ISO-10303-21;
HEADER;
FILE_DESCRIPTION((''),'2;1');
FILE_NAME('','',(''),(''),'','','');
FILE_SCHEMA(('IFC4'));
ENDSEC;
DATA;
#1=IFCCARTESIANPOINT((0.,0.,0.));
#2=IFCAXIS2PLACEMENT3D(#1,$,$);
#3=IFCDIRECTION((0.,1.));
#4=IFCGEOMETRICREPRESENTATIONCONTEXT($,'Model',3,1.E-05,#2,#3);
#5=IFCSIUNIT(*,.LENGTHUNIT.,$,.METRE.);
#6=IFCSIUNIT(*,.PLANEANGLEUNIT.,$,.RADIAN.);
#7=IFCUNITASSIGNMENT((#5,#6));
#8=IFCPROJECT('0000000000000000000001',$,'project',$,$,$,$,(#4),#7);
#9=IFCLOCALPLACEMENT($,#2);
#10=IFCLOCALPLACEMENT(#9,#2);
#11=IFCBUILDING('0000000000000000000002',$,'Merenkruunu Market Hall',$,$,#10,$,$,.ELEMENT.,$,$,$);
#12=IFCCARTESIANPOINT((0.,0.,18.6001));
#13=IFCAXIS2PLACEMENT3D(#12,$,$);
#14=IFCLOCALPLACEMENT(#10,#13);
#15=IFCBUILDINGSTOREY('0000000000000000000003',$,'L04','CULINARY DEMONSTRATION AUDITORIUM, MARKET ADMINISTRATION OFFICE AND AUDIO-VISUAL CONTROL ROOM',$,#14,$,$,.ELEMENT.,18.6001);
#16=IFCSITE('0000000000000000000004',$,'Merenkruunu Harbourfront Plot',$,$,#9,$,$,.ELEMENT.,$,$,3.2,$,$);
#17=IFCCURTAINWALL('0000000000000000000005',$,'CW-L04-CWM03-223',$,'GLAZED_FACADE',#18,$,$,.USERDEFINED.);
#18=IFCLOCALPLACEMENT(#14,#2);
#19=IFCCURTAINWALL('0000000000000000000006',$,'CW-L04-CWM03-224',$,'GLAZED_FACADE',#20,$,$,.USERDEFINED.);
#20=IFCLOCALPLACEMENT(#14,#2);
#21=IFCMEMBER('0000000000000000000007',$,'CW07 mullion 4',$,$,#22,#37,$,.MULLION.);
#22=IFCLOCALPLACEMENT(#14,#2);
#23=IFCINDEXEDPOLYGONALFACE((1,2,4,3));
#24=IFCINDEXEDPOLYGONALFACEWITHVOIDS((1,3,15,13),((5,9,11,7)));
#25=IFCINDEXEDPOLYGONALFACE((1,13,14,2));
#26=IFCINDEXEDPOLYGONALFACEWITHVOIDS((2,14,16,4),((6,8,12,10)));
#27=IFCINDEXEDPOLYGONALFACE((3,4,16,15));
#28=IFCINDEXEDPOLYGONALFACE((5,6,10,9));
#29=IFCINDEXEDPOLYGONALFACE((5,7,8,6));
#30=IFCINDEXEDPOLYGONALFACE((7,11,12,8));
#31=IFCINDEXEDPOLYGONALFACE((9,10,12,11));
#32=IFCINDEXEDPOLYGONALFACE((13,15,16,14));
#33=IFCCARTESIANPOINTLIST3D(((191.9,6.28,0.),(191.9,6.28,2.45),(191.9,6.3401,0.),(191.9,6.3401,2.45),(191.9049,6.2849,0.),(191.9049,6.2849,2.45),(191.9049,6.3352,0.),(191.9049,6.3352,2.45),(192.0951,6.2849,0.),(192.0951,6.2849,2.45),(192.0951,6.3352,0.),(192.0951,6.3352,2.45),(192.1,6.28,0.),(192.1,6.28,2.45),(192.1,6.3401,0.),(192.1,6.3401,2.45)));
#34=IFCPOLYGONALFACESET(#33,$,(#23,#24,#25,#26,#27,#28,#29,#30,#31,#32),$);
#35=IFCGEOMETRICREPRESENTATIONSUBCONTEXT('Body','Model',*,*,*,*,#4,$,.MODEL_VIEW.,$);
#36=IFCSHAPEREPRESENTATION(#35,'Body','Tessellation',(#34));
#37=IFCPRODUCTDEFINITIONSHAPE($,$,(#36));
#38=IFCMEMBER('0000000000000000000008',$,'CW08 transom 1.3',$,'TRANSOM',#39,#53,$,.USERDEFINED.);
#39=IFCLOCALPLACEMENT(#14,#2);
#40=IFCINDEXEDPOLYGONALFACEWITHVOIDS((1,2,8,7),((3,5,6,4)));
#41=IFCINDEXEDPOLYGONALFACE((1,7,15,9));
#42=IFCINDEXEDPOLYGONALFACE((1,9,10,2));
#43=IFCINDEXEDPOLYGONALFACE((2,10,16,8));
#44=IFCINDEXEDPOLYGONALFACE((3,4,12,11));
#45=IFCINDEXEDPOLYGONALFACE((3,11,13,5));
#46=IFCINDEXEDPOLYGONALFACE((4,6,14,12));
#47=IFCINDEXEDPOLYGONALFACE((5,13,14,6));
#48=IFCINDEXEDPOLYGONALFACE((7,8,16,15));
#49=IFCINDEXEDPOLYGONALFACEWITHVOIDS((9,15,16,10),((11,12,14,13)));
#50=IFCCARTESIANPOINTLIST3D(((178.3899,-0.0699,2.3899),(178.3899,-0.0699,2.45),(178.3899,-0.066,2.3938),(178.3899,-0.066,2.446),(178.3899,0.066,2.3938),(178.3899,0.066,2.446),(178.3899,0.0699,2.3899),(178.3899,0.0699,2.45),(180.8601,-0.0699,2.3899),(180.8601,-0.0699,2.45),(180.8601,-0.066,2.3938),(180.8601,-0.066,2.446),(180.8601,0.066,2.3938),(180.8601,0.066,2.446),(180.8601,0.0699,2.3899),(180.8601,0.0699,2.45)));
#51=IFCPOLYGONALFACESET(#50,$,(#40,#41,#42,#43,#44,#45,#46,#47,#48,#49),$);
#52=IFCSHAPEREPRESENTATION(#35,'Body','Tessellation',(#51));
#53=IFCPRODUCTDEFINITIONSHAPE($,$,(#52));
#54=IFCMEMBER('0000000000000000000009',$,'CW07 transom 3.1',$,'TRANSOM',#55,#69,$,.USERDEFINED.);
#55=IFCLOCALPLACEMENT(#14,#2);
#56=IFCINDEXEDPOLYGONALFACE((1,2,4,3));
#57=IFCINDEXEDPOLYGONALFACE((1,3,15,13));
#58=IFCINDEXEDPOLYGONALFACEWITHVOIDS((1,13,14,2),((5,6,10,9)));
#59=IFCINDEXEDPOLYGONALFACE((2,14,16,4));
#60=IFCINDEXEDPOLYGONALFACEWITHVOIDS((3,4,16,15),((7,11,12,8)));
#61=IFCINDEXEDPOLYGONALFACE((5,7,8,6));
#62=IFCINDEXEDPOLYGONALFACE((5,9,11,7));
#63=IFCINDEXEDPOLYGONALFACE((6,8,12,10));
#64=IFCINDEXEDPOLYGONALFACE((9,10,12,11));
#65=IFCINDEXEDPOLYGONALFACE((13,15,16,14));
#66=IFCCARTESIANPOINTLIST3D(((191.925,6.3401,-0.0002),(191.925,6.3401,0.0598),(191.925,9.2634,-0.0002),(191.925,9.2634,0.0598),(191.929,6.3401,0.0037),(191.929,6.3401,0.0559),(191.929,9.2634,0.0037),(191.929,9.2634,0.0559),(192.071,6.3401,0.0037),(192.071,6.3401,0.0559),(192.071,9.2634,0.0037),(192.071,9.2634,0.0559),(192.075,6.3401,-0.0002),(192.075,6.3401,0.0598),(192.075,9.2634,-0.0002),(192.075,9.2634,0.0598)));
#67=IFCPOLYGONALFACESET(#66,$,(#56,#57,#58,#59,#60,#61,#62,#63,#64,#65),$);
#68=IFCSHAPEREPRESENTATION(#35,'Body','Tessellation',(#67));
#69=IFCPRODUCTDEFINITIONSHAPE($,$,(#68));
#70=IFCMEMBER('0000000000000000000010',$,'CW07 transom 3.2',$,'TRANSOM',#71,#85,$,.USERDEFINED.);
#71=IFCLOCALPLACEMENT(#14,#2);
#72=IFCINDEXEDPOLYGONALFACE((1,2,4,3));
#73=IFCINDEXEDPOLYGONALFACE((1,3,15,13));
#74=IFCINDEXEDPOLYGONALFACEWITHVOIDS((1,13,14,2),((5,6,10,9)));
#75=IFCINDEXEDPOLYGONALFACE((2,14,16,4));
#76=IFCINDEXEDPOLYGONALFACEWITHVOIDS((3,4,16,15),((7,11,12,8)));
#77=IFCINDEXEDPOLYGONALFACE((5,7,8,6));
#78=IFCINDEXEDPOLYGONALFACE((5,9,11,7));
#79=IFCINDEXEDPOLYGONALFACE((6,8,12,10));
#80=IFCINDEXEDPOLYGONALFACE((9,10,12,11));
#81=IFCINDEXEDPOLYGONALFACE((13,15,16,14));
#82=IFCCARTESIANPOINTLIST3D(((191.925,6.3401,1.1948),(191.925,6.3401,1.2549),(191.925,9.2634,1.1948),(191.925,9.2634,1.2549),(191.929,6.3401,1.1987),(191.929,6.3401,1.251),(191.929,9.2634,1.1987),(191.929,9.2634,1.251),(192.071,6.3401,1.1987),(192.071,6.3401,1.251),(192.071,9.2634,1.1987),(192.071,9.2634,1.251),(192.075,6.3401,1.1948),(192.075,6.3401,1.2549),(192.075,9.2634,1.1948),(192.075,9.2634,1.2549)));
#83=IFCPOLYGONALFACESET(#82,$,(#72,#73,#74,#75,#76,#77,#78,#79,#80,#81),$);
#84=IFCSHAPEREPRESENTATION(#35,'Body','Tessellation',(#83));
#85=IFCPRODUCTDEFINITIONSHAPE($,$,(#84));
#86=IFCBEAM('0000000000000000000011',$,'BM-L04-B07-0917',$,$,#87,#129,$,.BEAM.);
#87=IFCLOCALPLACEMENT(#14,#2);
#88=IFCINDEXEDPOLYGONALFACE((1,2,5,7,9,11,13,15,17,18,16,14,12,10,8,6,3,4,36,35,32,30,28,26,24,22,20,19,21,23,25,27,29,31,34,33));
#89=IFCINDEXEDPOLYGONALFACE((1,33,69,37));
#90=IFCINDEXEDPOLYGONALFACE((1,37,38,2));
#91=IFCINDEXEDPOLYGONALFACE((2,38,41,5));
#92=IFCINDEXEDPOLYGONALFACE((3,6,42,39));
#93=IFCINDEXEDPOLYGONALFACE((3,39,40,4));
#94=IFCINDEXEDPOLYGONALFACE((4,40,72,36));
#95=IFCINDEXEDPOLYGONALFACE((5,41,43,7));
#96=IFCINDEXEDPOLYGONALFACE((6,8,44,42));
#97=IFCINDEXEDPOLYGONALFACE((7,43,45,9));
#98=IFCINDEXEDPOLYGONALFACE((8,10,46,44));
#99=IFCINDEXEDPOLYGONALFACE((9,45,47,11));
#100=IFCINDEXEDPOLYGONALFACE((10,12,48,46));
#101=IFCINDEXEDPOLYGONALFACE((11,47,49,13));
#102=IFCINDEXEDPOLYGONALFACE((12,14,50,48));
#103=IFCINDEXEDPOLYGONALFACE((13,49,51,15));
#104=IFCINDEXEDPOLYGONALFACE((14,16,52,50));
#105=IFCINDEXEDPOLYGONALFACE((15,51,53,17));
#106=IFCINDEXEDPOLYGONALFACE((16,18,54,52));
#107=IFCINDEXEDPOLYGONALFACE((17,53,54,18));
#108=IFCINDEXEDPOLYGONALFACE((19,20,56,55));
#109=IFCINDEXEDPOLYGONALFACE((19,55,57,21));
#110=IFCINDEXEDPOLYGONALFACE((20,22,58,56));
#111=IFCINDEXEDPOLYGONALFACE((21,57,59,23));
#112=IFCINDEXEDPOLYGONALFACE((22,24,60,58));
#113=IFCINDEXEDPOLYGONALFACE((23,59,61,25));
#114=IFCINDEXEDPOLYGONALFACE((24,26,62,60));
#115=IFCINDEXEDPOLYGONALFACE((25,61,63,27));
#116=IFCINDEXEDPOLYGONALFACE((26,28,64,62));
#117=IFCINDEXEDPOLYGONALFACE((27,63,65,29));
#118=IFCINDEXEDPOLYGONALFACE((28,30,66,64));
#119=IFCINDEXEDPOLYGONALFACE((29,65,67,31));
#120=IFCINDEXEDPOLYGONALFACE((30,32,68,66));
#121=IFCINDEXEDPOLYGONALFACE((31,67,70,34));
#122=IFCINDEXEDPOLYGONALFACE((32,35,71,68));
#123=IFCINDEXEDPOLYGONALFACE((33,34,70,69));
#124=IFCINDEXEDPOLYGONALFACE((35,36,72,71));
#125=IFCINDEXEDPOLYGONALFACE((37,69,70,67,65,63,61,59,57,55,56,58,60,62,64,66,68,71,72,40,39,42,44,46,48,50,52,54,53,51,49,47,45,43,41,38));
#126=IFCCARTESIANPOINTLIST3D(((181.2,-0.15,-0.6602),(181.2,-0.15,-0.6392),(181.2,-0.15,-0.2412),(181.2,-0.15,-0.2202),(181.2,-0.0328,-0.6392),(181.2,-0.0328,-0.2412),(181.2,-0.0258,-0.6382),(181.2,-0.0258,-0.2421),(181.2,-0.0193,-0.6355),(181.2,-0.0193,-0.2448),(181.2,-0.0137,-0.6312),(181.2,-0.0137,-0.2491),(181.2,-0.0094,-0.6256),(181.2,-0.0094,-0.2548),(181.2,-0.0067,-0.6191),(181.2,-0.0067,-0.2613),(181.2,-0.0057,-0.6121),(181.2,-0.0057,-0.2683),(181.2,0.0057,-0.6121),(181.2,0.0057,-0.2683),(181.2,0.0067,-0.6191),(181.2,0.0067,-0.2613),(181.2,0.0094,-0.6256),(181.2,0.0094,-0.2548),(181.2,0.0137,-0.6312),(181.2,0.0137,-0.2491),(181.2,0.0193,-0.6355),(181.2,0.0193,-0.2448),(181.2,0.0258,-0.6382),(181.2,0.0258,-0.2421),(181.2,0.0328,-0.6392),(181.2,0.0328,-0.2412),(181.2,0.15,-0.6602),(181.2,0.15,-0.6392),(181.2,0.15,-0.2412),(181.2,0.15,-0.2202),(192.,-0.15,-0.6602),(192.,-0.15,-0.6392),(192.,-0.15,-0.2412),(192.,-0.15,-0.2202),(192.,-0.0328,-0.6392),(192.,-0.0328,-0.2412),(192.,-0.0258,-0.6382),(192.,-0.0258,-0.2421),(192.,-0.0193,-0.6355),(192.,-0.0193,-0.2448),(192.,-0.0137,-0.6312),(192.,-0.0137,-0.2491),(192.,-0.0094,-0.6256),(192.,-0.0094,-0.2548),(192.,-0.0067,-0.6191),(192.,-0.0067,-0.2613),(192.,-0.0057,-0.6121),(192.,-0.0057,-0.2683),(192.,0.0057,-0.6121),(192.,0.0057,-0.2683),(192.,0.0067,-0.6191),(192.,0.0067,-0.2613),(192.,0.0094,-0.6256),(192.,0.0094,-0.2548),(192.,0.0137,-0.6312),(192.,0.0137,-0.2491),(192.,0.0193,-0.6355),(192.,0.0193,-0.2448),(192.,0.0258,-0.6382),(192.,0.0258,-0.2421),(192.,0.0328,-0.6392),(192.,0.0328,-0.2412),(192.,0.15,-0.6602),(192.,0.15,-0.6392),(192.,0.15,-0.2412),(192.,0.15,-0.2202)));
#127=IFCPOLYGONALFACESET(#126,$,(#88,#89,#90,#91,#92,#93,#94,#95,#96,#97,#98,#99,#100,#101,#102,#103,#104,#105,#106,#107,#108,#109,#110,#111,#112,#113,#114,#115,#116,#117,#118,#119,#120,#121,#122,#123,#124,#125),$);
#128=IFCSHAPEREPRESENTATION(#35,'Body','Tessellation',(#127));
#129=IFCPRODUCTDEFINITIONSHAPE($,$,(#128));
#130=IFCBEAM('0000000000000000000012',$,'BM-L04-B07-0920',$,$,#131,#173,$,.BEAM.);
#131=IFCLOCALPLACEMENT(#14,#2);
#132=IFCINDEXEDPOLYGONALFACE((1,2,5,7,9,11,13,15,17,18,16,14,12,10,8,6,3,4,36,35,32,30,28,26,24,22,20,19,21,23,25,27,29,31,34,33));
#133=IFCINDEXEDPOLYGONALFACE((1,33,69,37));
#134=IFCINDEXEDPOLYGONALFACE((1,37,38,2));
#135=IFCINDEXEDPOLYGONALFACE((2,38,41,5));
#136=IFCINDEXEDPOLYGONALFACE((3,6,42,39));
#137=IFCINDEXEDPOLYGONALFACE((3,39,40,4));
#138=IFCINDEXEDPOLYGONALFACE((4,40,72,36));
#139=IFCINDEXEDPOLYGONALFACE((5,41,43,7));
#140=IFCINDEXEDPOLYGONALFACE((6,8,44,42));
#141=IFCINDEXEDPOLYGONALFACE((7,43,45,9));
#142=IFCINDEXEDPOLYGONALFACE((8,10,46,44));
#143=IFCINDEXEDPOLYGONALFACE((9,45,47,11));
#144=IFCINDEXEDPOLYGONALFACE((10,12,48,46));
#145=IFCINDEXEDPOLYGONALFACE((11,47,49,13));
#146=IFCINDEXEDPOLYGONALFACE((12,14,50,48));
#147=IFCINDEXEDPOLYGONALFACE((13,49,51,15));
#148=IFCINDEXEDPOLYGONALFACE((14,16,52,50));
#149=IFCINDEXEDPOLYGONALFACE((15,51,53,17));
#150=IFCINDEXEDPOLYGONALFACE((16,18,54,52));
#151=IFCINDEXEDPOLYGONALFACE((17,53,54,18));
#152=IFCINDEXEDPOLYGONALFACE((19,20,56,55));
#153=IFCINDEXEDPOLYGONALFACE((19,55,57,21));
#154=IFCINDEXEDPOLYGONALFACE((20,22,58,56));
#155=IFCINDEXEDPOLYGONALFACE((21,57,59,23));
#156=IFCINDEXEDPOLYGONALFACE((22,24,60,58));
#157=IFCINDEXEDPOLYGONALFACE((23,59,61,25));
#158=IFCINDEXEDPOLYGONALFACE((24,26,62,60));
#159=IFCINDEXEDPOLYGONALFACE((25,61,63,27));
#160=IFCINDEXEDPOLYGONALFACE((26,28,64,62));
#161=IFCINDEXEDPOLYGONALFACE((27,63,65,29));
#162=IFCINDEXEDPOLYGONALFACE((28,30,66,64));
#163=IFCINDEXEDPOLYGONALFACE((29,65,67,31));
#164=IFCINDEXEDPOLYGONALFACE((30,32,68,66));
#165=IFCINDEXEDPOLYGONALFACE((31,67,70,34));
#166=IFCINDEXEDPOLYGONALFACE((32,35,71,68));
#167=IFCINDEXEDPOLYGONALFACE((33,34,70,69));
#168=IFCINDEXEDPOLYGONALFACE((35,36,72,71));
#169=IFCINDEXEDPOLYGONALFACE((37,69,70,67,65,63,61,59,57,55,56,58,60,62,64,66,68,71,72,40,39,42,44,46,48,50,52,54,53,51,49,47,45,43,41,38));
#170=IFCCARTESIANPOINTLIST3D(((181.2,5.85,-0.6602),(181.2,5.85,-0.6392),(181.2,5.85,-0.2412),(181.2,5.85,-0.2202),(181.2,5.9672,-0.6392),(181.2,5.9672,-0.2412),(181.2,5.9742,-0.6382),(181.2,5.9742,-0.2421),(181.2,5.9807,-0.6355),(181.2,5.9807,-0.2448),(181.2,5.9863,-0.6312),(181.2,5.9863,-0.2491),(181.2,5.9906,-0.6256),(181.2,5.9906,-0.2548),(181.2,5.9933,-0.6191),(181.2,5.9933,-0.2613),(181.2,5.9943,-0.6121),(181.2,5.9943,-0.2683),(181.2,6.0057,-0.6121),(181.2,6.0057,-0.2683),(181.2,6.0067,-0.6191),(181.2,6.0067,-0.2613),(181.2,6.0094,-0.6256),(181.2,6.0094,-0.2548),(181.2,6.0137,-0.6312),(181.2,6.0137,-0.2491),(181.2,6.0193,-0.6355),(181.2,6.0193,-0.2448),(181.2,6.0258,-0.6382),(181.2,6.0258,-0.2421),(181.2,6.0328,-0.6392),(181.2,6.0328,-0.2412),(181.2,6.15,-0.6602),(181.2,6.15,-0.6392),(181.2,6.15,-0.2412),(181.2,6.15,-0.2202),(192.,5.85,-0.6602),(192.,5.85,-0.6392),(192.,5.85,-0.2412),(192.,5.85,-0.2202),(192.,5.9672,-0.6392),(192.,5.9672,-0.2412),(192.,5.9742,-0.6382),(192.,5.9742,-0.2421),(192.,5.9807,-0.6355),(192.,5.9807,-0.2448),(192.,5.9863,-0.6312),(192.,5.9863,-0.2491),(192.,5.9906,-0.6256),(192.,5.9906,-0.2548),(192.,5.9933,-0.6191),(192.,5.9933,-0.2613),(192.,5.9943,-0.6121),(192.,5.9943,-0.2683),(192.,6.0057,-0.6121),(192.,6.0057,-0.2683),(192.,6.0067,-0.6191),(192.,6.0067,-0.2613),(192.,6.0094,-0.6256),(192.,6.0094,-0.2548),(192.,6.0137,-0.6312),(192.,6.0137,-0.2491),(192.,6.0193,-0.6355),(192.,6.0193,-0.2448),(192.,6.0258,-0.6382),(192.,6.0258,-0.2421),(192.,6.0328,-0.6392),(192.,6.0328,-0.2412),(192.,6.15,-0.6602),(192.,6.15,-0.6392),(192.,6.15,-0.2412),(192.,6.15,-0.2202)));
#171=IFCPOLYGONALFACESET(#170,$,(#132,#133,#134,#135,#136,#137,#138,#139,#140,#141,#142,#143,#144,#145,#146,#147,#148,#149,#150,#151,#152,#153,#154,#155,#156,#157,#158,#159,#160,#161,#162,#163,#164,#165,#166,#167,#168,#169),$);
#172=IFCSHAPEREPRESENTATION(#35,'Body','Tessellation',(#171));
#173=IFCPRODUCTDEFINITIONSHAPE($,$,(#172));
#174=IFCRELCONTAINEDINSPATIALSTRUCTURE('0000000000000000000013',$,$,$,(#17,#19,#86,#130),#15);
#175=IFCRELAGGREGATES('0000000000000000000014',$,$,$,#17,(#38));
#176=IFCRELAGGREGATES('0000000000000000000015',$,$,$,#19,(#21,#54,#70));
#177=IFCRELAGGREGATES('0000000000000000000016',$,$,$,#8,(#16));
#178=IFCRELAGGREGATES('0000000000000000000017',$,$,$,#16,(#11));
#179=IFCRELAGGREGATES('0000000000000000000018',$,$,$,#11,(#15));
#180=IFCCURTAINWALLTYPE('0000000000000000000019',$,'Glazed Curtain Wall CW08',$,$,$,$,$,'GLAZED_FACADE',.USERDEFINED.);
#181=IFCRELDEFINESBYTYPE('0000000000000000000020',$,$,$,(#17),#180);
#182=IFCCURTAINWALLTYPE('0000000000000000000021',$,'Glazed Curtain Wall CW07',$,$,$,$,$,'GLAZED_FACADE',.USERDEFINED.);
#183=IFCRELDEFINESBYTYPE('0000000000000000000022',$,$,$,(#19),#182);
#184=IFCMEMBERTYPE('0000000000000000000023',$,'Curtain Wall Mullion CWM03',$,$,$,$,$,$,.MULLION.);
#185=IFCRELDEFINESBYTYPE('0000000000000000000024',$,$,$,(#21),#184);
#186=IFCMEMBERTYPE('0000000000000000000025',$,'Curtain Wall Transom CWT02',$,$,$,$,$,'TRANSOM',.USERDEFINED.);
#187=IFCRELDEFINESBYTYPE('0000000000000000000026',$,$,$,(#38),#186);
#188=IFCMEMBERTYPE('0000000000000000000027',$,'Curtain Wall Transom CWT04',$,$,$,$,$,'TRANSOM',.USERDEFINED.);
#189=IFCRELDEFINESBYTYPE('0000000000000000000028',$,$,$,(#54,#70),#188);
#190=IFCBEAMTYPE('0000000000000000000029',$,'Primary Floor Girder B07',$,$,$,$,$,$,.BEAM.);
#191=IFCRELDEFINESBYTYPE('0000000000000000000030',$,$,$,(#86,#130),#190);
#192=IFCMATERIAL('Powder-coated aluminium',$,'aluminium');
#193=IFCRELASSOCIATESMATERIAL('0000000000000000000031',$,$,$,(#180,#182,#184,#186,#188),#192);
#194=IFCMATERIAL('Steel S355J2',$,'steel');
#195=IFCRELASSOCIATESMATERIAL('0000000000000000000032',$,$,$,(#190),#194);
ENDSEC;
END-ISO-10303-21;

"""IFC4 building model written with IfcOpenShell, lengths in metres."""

from ifc_helpers import new_model, si_unit, direction, frame, origin, origin_2d, place, context, subcontext, project, spatial, hollow_rectangle, i_section, extrude, material, material_profile, profile_set, type_object, element, aggregate, save


model = new_model("IFC4")

# Units and contexts
model_context = context("Model", 3, precision=1e-05, world=origin(), true_north=direction((0.0, 1.0)))
body_context = subcontext(model_context, "Body", "Model", "MODEL_VIEW")
ifc_project = project(units=[si_unit("LENGTHUNIT", "METRE"), si_unit("PLANEANGLEUNIT", "RADIAN")], contexts=[model_context])

# Site, building, storey
site_placement = place(None, origin())
site = spatial("IfcSite", under=ifc_project, at=site_placement, Name="Merenkruunu Harbourfront Plot", CompositionType="ELEMENT", RefElevation=3.2)
building_placement = place(site_placement, origin())
building = spatial("IfcBuilding", under=site, at=building_placement, Name="Merenkruunu Market Hall", CompositionType="ELEMENT")
storey_placement = place(building_placement, frame((0.0, 0.0, 18.6001)))
storey = spatial("IfcBuildingStorey", under=building, at=storey_placement, Name="L04", Description="CULINARY DEMONSTRATION AUDITORIUM, MARKET ADMINISTRATION OFFICE AND AUDIO-VISUAL CONTROL ROOM", CompositionType="ELEMENT", Elevation=18.6001)

# Shared definitions
ifc_material_1 = material(Name="Steel S355J2", Category="steel")

# Curtain walls, member
ifc_material_2 = material(Name="Powder-coated aluminium", Category="aluminium")
curtain_wall_type_1 = type_object("IfcCurtainWallType", Name="Glazed Curtain Wall CW08", ElementType="GLAZED_FACADE", PredefinedType="USERDEFINED", material=ifc_material_2)
curtain_wall_1_placement = place(storey_placement, origin())
curtain_wall_1 = element("IfcCurtainWall", 1, at=curtain_wall_1_placement, inside=storey, type_object=curtain_wall_type_1, Name="CW-L04-CWM03-223", ObjectType="GLAZED_FACADE", PredefinedType="USERDEFINED")
ifc_material_profile_1 = material_profile(ifc_material_2, hollow_rectangle(XDim=0.0601, YDim=0.2, WallThickness=0.0049, at=origin_2d()), Name="ALU 60x200x5")
ifc_profile_set_1 = profile_set([ifc_material_profile_1], Name="Powder-coated aluminium")
member_type_1 = type_object("IfcMemberType", Name="Curtain Wall Mullion CWM03", PredefinedType="MULLION", material=ifc_profile_set_1)
curtain_wall_type_2 = type_object("IfcCurtainWallType", Name="Glazed Curtain Wall CW07", ElementType="GLAZED_FACADE", PredefinedType="USERDEFINED", material=ifc_material_2)
curtain_wall_2_placement = place(storey_placement, origin())
curtain_wall_2 = element("IfcCurtainWall", 2, at=curtain_wall_2_placement, inside=storey, type_object=curtain_wall_type_2, Name="CW-L04-CWM03-224", ObjectType="GLAZED_FACADE", PredefinedType="USERDEFINED")
member_1_placement = place(storey_placement, frame((192.0, 6.3101, 0.0), z_axis=(0.0, 0.0, 1.0), x_axis=(0.0, -1.0, 0.0)))
member_1 = element("IfcMember", 3, at=member_1_placement, type_object=member_type_1, Name="CW07 mullion 4", PredefinedType="MULLION", context=body_context, shape_type="SweptSolid", body=[
    extrude(hollow_rectangle(XDim=0.0601, YDim=0.2, WallThickness=0.0049, at=origin_2d()), origin(), (0.0, 0.0, 1.0), 2.45),
])

# Members
ifc_material_profile_2 = material_profile(ifc_material_2, hollow_rectangle(XDim=0.0601, YDim=0.1399, WallThickness=0.0039, at=origin_2d()), Name="ALU 60x140x4")
ifc_profile_set_2 = profile_set([ifc_material_profile_2], Name="Powder-coated aluminium")
member_type_2 = type_object("IfcMemberType", Name="Curtain Wall Transom CWT02", ElementType="TRANSOM", PredefinedType="USERDEFINED", material=ifc_profile_set_2)
member_2_placement = place(storey_placement, frame((180.8601, 0.0, 2.4199), z_axis=(-1.0, 0.0, 0.0), x_axis=(0.0, 0.0, 1.0)))
member_2 = element("IfcMember", 4, at=member_2_placement, type_object=member_type_2, Name="CW08 transom 1.3", ObjectType="TRANSOM", PredefinedType="USERDEFINED", context=body_context, shape_type="SweptSolid", body=[
    extrude(hollow_rectangle(XDim=0.0601, YDim=0.1399, WallThickness=0.0039, at=origin_2d()), origin(), (0.0, 0.0, 1.0), 2.4702),
])
aggregate(curtain_wall_1, [member_2])
ifc_material_profile_3 = material_profile(ifc_material_2, hollow_rectangle(XDim=0.0601, YDim=0.1499, WallThickness=0.0039, at=origin_2d()), Name="ALU 60x150x4")
ifc_profile_set_3 = profile_set([ifc_material_profile_3], Name="Powder-coated aluminium")
member_type_3 = type_object("IfcMemberType", Name="Curtain Wall Transom CWT04", ElementType="TRANSOM", PredefinedType="USERDEFINED", material=ifc_profile_set_3)
member_3_placement = place(storey_placement, frame((192.0, 9.2634, 0.0298), z_axis=(0.0, -1.0, 0.0), x_axis=(0.0, 0.0, 1.0)))
member_3 = element("IfcMember", 5, at=member_3_placement, type_object=member_type_3, Name="CW07 transom 3.1", ObjectType="TRANSOM", PredefinedType="USERDEFINED", context=body_context, shape_type="SweptSolid", body=[
    extrude(hollow_rectangle(XDim=0.0601, YDim=0.1499, WallThickness=0.0039, at=origin_2d()), origin(), (0.0, 0.0, 1.0), 2.9233),
])
member_4_placement = place(storey_placement, frame((192.0, 9.2634, 1.2249), z_axis=(0.0, -1.0, 0.0), x_axis=(0.0, 0.0, 1.0)))
member_4 = element("IfcMember", 6, at=member_4_placement, type_object=member_type_3, Name="CW07 transom 3.2", ObjectType="TRANSOM", PredefinedType="USERDEFINED", context=body_context, shape_type="SweptSolid", body=[
    extrude(hollow_rectangle(XDim=0.0601, YDim=0.1499, WallThickness=0.0039, at=origin_2d()), origin(), (0.0, 0.0, 1.0), 2.9233),
])

# Beams
ifc_material_profile_4 = material_profile(ifc_material_1, i_section(OverallWidth=0.3, OverallDepth=0.4399, WebThickness=0.0115, FlangeThickness=0.021, FilletRadius=0.0271, at=origin_2d()), Name="HEA 450")
ifc_profile_set_4 = profile_set([ifc_material_profile_4], Name="Steel S355J2")
beam_type_1 = type_object("IfcBeamType", Name="Primary Floor Girder B07", PredefinedType="BEAM", material=ifc_profile_set_4)
for number, where, z_axis, x_axis, name in (
    (7, (181.2, 0.0, -0.4402), (1.0, 0.0, 0.0), (0.0, 1.0, 0.0), "BM-L04-B07-0917"),
    (8, (181.2, 6.0, -0.4402), (1.0, 0.0, 0.0), (0.0, 1.0, 0.0), "BM-L04-B07-0920"),
):
    element("IfcBeam", number, at=place(storey_placement, frame(where, z_axis=z_axis, x_axis=x_axis)), inside=storey, type_object=beam_type_1, Name=name, PredefinedType="BEAM", context=body_context, shape_type="SweptSolid", body=[
        extrude(i_section(OverallWidth=0.3, OverallDepth=0.4399, WebThickness=0.0115, FlangeThickness=0.021, FilletRadius=0.0271, at=origin_2d()), origin(), (0.0, 0.0, 1.0), 10.8),
    ])

aggregate(curtain_wall_2, [member_1, member_3, member_4])

save(model, "model.ifc")
